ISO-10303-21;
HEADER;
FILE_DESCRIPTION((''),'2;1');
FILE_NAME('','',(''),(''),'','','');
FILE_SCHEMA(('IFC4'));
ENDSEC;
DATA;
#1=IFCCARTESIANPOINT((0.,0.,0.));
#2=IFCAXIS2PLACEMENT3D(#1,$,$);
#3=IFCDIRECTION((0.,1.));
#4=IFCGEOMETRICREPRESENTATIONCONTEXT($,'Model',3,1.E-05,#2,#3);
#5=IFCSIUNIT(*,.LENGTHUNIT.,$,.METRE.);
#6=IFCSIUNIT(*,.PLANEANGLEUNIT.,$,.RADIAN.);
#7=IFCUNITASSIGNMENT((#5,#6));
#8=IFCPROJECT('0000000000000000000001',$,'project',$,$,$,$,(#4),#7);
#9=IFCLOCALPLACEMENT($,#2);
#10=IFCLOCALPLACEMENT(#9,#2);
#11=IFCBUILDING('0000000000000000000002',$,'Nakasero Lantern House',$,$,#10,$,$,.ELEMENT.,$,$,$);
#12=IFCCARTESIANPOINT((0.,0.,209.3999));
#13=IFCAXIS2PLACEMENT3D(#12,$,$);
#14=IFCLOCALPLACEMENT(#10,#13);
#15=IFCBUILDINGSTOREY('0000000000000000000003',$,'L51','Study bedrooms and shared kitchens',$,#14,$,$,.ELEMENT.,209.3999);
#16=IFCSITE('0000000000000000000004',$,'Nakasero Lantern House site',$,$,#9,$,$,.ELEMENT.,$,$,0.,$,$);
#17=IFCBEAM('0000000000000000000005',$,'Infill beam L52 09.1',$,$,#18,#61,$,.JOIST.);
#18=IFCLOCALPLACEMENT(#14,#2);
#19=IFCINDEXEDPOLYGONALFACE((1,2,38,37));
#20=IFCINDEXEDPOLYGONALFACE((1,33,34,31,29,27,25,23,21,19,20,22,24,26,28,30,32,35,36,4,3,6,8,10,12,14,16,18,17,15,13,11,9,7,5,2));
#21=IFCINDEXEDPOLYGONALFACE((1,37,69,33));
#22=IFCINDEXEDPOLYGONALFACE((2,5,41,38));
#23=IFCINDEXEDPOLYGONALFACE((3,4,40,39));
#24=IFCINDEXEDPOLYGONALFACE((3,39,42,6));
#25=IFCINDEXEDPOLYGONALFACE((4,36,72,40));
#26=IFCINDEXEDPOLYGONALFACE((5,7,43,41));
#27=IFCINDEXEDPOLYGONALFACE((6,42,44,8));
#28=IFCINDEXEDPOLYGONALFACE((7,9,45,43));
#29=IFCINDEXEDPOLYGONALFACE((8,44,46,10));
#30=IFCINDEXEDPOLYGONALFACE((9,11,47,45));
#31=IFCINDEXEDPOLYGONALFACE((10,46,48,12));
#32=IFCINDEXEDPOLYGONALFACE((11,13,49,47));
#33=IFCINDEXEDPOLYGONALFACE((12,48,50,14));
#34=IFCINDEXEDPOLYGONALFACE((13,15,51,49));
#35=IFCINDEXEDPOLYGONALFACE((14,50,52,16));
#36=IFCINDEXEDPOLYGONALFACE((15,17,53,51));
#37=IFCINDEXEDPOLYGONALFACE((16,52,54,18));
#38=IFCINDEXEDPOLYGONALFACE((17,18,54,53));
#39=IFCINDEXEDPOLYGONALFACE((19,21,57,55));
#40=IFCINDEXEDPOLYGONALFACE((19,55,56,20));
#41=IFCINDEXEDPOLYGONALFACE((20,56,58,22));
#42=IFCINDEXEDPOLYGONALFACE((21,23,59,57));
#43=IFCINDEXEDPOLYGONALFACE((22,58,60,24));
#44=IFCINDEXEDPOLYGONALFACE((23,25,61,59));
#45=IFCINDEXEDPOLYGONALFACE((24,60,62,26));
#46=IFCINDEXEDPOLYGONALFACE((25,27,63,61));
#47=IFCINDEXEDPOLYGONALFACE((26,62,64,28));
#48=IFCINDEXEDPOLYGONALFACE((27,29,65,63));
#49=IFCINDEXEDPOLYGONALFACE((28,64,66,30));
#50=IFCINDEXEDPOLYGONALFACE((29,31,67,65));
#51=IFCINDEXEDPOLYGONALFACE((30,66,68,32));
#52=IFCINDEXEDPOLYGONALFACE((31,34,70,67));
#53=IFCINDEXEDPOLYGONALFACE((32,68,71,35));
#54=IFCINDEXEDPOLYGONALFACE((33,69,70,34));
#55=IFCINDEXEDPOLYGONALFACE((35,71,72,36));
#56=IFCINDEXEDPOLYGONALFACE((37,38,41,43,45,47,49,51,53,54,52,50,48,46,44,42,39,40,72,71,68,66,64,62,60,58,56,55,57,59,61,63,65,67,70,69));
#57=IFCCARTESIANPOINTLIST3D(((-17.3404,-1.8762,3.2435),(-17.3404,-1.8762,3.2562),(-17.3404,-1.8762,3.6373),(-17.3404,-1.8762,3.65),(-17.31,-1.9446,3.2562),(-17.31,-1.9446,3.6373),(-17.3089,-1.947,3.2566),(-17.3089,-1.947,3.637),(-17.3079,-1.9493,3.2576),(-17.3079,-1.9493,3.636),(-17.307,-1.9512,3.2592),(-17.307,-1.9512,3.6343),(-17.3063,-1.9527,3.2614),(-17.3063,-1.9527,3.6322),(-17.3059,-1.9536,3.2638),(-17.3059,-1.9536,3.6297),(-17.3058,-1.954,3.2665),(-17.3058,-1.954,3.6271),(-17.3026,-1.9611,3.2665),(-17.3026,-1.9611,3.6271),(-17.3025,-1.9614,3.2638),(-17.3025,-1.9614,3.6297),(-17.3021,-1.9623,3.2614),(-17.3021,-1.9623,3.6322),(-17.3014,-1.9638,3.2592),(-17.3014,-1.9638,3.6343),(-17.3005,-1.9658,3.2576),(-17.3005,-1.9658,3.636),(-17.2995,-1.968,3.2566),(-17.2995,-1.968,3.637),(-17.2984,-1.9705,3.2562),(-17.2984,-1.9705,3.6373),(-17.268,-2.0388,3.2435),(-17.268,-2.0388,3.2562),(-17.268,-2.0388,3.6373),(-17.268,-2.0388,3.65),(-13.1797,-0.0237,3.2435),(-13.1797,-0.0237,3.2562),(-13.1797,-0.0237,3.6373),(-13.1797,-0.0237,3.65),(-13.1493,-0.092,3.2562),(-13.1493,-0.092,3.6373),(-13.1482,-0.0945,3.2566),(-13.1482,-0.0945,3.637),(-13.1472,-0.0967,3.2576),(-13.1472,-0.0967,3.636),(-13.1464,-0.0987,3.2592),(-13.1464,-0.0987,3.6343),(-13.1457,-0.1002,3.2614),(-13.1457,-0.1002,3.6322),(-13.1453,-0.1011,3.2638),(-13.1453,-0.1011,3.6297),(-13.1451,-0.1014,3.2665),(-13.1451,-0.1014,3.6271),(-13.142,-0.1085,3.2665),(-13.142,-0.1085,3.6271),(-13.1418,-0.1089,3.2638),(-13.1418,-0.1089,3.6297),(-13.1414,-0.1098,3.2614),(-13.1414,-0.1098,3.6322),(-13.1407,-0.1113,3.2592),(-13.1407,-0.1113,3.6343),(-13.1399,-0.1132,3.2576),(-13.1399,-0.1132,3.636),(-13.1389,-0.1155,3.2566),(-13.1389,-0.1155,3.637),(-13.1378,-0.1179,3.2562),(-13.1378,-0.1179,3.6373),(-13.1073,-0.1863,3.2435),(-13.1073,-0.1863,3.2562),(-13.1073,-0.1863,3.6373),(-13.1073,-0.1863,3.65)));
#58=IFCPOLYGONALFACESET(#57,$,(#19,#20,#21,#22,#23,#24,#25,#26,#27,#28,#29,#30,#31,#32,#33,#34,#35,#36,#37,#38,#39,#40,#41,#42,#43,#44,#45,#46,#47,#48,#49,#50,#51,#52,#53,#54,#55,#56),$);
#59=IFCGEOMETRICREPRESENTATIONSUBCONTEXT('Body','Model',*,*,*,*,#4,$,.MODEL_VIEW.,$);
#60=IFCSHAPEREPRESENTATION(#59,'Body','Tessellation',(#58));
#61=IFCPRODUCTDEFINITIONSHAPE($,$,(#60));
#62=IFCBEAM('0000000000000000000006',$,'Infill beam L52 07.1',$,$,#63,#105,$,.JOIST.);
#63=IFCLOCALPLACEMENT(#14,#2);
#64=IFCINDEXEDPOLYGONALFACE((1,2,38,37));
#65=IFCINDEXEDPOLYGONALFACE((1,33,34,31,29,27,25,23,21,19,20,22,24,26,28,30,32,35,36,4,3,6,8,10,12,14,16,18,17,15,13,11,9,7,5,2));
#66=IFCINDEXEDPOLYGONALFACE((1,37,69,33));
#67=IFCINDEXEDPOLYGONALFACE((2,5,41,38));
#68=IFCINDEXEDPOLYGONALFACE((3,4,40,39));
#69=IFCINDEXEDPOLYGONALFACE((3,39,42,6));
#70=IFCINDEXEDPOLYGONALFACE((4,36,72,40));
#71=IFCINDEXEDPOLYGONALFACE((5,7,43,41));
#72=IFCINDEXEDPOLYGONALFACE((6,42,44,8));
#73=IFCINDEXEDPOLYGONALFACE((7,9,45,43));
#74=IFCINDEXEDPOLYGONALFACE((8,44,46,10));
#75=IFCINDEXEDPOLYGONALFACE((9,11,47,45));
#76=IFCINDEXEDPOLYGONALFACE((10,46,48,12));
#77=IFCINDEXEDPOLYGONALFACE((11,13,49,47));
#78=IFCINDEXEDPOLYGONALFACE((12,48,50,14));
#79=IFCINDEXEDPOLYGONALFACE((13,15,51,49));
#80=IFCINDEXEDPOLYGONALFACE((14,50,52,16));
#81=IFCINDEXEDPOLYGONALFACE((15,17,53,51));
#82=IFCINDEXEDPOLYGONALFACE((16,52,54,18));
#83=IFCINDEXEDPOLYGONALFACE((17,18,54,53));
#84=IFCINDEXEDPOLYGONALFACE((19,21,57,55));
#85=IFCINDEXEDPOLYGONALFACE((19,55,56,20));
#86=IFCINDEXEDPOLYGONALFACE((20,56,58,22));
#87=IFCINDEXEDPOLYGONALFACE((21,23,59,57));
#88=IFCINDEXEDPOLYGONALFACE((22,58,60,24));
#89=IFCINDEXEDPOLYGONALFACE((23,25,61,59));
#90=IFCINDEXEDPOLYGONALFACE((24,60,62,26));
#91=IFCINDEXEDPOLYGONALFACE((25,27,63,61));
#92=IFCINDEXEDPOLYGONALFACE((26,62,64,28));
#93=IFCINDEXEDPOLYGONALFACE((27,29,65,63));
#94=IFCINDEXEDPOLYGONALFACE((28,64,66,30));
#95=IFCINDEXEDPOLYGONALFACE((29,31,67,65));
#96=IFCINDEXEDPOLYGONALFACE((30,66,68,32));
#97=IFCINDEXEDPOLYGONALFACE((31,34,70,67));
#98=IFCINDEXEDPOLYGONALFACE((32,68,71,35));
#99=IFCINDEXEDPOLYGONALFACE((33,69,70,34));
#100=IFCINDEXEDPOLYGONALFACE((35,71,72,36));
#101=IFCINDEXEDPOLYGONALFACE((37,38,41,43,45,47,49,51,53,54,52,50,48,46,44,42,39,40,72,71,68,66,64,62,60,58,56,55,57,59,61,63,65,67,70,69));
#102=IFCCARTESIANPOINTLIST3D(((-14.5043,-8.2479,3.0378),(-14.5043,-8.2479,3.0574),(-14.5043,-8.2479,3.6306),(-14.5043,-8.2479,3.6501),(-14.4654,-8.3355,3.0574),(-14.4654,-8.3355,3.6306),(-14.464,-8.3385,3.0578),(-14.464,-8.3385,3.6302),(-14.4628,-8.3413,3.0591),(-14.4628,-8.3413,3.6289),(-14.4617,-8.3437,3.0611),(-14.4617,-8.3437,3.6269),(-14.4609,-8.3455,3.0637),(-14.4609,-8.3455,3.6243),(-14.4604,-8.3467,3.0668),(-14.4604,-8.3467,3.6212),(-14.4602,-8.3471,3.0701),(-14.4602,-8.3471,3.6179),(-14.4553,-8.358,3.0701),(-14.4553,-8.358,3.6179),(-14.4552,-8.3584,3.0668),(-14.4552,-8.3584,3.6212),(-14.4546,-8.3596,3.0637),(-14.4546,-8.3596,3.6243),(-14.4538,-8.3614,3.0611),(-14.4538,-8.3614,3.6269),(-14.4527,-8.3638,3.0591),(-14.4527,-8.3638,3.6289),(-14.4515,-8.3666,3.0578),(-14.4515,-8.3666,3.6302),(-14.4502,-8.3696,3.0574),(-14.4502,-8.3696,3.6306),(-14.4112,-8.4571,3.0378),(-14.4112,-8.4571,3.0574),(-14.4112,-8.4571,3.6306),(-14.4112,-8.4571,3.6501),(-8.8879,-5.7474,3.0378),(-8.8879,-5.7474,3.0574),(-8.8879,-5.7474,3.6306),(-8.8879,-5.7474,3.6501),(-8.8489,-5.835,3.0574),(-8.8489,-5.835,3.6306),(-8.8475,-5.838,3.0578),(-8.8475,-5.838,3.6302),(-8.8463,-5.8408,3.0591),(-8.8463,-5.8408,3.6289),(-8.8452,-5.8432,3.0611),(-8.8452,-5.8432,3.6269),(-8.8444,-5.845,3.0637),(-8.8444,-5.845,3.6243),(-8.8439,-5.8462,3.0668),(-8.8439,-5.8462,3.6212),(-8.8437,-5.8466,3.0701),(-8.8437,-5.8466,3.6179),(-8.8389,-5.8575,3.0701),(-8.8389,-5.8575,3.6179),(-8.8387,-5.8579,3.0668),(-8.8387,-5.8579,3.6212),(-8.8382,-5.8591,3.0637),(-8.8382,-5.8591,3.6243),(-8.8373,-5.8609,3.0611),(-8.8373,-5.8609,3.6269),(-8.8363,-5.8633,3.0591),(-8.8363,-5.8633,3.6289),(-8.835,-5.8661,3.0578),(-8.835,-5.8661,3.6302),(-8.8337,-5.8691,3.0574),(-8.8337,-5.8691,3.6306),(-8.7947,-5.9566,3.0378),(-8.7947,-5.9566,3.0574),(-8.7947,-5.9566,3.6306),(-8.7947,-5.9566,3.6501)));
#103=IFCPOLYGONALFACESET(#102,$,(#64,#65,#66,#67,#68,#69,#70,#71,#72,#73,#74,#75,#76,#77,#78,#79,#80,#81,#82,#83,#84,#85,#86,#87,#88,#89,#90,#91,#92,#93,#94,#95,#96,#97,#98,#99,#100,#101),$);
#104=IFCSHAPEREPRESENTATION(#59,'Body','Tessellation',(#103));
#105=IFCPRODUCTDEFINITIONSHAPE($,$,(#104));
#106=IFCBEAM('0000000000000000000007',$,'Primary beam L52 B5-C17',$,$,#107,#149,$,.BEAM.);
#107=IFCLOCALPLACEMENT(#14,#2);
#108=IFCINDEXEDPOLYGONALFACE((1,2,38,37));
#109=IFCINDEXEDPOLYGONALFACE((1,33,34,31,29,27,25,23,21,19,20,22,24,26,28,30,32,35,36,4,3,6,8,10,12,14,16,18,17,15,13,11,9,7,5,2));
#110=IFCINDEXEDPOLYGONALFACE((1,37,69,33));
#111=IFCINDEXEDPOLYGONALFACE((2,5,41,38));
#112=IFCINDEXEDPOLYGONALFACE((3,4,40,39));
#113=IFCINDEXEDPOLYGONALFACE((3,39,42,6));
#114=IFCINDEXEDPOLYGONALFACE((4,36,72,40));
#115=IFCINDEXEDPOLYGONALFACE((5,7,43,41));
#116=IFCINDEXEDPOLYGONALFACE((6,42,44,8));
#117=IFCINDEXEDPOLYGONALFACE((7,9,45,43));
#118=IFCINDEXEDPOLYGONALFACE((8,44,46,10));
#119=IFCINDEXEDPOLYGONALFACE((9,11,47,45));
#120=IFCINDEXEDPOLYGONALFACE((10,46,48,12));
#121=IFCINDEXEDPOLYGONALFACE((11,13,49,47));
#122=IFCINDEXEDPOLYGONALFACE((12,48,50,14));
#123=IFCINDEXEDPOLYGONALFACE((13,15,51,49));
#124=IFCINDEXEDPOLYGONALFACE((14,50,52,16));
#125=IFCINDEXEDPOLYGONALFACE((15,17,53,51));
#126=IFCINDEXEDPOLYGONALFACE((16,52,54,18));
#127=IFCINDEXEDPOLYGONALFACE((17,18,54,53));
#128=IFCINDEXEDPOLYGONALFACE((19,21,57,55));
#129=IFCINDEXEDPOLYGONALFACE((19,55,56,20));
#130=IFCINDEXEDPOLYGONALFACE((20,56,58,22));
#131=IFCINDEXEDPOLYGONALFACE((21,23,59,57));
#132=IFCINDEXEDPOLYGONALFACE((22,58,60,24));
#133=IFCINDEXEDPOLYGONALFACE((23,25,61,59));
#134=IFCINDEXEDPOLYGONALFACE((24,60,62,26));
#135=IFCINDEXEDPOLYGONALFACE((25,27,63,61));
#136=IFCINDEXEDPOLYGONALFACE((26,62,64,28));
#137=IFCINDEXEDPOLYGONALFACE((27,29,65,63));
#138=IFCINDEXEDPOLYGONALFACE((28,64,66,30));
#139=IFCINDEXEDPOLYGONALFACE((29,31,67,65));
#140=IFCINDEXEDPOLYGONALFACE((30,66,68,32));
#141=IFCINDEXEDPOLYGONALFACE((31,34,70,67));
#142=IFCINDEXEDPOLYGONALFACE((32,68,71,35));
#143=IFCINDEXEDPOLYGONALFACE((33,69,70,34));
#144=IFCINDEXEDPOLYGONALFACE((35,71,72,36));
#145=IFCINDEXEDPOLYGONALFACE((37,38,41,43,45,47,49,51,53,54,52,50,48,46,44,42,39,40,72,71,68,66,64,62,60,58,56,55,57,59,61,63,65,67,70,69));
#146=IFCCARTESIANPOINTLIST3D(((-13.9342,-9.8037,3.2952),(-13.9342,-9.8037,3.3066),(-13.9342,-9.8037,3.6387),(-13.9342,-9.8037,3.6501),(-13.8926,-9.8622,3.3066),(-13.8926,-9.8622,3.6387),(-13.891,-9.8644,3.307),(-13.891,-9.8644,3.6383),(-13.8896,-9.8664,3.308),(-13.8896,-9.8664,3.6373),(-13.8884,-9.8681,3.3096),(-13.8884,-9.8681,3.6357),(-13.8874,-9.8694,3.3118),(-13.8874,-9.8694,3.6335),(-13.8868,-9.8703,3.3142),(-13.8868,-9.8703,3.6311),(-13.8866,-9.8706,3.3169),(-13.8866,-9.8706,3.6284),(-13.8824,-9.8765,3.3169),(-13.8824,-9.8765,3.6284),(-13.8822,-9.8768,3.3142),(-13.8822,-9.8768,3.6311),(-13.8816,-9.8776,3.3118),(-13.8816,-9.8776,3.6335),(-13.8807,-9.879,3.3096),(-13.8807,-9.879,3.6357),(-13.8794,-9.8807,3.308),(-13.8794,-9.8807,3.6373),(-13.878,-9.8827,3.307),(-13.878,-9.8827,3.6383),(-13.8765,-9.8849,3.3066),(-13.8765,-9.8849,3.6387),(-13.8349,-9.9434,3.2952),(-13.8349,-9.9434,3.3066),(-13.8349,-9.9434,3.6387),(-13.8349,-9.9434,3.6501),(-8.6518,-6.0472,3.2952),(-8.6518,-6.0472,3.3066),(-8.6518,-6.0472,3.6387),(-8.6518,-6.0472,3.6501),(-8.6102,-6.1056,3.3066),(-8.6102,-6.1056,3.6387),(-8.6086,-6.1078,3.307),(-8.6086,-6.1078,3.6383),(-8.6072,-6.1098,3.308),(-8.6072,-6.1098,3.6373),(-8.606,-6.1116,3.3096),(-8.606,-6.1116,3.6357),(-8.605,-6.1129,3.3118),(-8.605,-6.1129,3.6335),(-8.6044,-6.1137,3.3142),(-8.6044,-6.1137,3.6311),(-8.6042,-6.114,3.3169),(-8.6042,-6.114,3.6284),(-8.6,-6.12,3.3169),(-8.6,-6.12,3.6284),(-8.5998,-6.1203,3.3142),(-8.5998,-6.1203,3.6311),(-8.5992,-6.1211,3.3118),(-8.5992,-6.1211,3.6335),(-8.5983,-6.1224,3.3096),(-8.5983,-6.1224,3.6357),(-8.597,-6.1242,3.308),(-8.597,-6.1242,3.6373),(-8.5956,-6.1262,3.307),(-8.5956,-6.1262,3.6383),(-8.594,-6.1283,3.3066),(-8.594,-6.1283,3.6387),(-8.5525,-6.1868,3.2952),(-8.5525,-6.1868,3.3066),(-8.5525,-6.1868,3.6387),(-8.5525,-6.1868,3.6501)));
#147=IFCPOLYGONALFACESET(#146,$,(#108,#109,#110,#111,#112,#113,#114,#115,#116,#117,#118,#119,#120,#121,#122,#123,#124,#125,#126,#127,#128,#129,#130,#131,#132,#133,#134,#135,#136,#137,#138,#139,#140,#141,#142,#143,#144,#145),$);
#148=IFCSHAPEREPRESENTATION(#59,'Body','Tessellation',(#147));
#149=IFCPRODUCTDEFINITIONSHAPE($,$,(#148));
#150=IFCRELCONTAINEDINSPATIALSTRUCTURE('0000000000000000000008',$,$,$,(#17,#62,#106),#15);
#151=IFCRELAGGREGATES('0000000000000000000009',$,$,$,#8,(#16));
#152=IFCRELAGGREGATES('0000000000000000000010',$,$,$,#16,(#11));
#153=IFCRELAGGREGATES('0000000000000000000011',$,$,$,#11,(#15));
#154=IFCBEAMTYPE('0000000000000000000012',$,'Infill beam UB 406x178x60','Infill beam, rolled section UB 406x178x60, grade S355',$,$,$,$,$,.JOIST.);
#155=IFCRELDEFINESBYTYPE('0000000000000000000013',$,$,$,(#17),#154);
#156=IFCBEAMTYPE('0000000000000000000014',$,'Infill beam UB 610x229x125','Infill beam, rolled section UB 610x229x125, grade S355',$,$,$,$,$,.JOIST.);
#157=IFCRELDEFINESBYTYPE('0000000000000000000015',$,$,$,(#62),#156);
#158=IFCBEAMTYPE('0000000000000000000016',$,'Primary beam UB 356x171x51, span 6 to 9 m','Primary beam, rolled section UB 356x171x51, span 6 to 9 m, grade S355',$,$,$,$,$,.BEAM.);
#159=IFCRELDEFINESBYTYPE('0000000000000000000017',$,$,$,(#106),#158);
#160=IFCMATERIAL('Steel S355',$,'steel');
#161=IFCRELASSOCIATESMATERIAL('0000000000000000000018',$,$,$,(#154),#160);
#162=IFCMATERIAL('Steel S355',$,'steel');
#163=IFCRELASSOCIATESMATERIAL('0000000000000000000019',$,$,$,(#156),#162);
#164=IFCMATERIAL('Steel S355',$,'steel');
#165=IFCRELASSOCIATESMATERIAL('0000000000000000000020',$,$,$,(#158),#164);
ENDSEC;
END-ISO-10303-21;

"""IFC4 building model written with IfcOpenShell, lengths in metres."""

from ifc_helpers import new_model, si_unit, direction, frame, origin, origin_2d, place, context, subcontext, project, spatial, i_section, extrude, material, material_profile, profile_set, type_object, element, save


model = new_model("IFC4")

# Units and contexts
model_context = context("Model", 3, precision=1e-05, world=origin(), true_north=direction((0.0, 1.0)))
body_context = subcontext(model_context, "Body", "Model", "MODEL_VIEW")
ifc_project = project(units=[si_unit("LENGTHUNIT", "METRE"), si_unit("PLANEANGLEUNIT", "RADIAN")], contexts=[model_context])

# Site, building, storey
site_placement = place(None, origin())
site = spatial("IfcSite", under=ifc_project, at=site_placement, Name="Nakasero Lantern House site", CompositionType="ELEMENT", RefElevation=0.0)
building_placement = place(site_placement, origin())
building = spatial("IfcBuilding", under=site, at=building_placement, Name="Nakasero Lantern House", CompositionType="ELEMENT")
storey_placement = place(building_placement, frame((0.0, 0.0, 209.3999)))
storey = spatial("IfcBuildingStorey", under=building, at=storey_placement, Name="L51", Description="Study bedrooms and shared kitchens", CompositionType="ELEMENT", Elevation=209.3999)

# Beams
ifc_material_1 = material(Name="Steel S355", Category="steel")
ifc_material_profile_1 = material_profile(ifc_material_1, i_section(OverallWidth=0.178, OverallDepth=0.4065, WebThickness=0.0078, FlangeThickness=0.0127, FilletRadius=0.0103, at=origin_2d()), Name="UB 406x178x60")
ifc_profile_set_1 = profile_set([ifc_material_profile_1], Name="Steel S355")
beam_type_1 = type_object("IfcBeamType", Name="Infill beam UB 406x178x60", Description="Infill beam, rolled section UB 406x178x60, grade S355", PredefinedType="JOIST", material=ifc_profile_set_1)
beam_1_placement = place(storey_placement, frame((-17.3042, -1.9575, 3.4468), z_axis=(0.913537, 0.406755, 0.0), x_axis=(-0.406755, 0.913537, 0.0)))
element("IfcBeam", 1, at=beam_1_placement, inside=storey, type_object=beam_type_1, Name="Infill beam L52 09.1", PredefinedType="JOIST", context=body_context, shape_type="SweptSolid", body=[
    extrude(i_section(OverallWidth=0.178, OverallDepth=0.4065, WebThickness=0.0078, FlangeThickness=0.0127, FilletRadius=0.0103, at=origin_2d()), origin(), (0.0, 0.0, 1.0), 4.5544),
])
ifc_material_2 = material(Name="Steel S355", Category="steel")
ifc_material_profile_2 = material_profile(ifc_material_2, i_section(OverallWidth=0.229, OverallDepth=0.6123, WebThickness=0.012, FlangeThickness=0.0195, FilletRadius=0.0127, at=origin_2d()), Name="UB 610x229x125")
ifc_profile_set_2 = profile_set([ifc_material_profile_2], Name="Steel S355")
beam_type_2 = type_object("IfcBeamType", Name="Infill beam UB 610x229x125", Description="Infill beam, rolled section UB 610x229x125, grade S355", PredefinedType="JOIST", material=ifc_profile_set_2)
beam_2_placement = place(storey_placement, frame((-14.4578, -8.3525, 3.344), z_axis=(0.913553, 0.406721, 0.0), x_axis=(-0.406721, 0.913553, 0.0)))
element("IfcBeam", 2, at=beam_2_placement, inside=storey, type_object=beam_type_2, Name="Infill beam L52 07.1", PredefinedType="JOIST", context=body_context, shape_type="SweptSolid", body=[
    extrude(i_section(OverallWidth=0.229, OverallDepth=0.6123, WebThickness=0.012, FlangeThickness=0.0195, FilletRadius=0.0127, at=origin_2d()), origin(), (0.0, 0.0, 1.0), 6.1479),
])
ifc_material_3 = material(Name="Steel S355", Category="steel")
ifc_material_profile_3 = material_profile(ifc_material_3, i_section(OverallWidth=0.1714, OverallDepth=0.355, WebThickness=0.0073, FlangeThickness=0.0115, FilletRadius=0.0103, at=origin_2d()), Name="UB 356x171x51")
ifc_profile_set_3 = profile_set([ifc_material_profile_3], Name="Steel S355")
beam_type_3 = type_object("IfcBeamType", Name="Primary beam UB 356x171x51, span 6 to 9 m", Description="Primary beam, rolled section UB 356x171x51, span 6 to 9 m, grade S355", PredefinedType="BEAM", material=ifc_profile_set_3)
beam_3_placement = place(storey_placement, frame((-13.8845, -9.8735, 3.4727), z_axis=(0.814943, 0.579541, 0.0), x_axis=(-0.579541, 0.814943, 0.0)))
element("IfcBeam", 3, at=beam_3_placement, inside=storey, type_object=beam_type_3, Name="Primary beam L52 B5-C17", PredefinedType="BEAM", context=body_context, shape_type="SweptSolid", body=[
    extrude(i_section(OverallWidth=0.1714, OverallDepth=0.355, WebThickness=0.0073, FlangeThickness=0.0115, FilletRadius=0.0103, at=origin_2d()), origin(), (0.0, 0.0, 1.0), 6.4819),
])

save(model, "model.ifc")
